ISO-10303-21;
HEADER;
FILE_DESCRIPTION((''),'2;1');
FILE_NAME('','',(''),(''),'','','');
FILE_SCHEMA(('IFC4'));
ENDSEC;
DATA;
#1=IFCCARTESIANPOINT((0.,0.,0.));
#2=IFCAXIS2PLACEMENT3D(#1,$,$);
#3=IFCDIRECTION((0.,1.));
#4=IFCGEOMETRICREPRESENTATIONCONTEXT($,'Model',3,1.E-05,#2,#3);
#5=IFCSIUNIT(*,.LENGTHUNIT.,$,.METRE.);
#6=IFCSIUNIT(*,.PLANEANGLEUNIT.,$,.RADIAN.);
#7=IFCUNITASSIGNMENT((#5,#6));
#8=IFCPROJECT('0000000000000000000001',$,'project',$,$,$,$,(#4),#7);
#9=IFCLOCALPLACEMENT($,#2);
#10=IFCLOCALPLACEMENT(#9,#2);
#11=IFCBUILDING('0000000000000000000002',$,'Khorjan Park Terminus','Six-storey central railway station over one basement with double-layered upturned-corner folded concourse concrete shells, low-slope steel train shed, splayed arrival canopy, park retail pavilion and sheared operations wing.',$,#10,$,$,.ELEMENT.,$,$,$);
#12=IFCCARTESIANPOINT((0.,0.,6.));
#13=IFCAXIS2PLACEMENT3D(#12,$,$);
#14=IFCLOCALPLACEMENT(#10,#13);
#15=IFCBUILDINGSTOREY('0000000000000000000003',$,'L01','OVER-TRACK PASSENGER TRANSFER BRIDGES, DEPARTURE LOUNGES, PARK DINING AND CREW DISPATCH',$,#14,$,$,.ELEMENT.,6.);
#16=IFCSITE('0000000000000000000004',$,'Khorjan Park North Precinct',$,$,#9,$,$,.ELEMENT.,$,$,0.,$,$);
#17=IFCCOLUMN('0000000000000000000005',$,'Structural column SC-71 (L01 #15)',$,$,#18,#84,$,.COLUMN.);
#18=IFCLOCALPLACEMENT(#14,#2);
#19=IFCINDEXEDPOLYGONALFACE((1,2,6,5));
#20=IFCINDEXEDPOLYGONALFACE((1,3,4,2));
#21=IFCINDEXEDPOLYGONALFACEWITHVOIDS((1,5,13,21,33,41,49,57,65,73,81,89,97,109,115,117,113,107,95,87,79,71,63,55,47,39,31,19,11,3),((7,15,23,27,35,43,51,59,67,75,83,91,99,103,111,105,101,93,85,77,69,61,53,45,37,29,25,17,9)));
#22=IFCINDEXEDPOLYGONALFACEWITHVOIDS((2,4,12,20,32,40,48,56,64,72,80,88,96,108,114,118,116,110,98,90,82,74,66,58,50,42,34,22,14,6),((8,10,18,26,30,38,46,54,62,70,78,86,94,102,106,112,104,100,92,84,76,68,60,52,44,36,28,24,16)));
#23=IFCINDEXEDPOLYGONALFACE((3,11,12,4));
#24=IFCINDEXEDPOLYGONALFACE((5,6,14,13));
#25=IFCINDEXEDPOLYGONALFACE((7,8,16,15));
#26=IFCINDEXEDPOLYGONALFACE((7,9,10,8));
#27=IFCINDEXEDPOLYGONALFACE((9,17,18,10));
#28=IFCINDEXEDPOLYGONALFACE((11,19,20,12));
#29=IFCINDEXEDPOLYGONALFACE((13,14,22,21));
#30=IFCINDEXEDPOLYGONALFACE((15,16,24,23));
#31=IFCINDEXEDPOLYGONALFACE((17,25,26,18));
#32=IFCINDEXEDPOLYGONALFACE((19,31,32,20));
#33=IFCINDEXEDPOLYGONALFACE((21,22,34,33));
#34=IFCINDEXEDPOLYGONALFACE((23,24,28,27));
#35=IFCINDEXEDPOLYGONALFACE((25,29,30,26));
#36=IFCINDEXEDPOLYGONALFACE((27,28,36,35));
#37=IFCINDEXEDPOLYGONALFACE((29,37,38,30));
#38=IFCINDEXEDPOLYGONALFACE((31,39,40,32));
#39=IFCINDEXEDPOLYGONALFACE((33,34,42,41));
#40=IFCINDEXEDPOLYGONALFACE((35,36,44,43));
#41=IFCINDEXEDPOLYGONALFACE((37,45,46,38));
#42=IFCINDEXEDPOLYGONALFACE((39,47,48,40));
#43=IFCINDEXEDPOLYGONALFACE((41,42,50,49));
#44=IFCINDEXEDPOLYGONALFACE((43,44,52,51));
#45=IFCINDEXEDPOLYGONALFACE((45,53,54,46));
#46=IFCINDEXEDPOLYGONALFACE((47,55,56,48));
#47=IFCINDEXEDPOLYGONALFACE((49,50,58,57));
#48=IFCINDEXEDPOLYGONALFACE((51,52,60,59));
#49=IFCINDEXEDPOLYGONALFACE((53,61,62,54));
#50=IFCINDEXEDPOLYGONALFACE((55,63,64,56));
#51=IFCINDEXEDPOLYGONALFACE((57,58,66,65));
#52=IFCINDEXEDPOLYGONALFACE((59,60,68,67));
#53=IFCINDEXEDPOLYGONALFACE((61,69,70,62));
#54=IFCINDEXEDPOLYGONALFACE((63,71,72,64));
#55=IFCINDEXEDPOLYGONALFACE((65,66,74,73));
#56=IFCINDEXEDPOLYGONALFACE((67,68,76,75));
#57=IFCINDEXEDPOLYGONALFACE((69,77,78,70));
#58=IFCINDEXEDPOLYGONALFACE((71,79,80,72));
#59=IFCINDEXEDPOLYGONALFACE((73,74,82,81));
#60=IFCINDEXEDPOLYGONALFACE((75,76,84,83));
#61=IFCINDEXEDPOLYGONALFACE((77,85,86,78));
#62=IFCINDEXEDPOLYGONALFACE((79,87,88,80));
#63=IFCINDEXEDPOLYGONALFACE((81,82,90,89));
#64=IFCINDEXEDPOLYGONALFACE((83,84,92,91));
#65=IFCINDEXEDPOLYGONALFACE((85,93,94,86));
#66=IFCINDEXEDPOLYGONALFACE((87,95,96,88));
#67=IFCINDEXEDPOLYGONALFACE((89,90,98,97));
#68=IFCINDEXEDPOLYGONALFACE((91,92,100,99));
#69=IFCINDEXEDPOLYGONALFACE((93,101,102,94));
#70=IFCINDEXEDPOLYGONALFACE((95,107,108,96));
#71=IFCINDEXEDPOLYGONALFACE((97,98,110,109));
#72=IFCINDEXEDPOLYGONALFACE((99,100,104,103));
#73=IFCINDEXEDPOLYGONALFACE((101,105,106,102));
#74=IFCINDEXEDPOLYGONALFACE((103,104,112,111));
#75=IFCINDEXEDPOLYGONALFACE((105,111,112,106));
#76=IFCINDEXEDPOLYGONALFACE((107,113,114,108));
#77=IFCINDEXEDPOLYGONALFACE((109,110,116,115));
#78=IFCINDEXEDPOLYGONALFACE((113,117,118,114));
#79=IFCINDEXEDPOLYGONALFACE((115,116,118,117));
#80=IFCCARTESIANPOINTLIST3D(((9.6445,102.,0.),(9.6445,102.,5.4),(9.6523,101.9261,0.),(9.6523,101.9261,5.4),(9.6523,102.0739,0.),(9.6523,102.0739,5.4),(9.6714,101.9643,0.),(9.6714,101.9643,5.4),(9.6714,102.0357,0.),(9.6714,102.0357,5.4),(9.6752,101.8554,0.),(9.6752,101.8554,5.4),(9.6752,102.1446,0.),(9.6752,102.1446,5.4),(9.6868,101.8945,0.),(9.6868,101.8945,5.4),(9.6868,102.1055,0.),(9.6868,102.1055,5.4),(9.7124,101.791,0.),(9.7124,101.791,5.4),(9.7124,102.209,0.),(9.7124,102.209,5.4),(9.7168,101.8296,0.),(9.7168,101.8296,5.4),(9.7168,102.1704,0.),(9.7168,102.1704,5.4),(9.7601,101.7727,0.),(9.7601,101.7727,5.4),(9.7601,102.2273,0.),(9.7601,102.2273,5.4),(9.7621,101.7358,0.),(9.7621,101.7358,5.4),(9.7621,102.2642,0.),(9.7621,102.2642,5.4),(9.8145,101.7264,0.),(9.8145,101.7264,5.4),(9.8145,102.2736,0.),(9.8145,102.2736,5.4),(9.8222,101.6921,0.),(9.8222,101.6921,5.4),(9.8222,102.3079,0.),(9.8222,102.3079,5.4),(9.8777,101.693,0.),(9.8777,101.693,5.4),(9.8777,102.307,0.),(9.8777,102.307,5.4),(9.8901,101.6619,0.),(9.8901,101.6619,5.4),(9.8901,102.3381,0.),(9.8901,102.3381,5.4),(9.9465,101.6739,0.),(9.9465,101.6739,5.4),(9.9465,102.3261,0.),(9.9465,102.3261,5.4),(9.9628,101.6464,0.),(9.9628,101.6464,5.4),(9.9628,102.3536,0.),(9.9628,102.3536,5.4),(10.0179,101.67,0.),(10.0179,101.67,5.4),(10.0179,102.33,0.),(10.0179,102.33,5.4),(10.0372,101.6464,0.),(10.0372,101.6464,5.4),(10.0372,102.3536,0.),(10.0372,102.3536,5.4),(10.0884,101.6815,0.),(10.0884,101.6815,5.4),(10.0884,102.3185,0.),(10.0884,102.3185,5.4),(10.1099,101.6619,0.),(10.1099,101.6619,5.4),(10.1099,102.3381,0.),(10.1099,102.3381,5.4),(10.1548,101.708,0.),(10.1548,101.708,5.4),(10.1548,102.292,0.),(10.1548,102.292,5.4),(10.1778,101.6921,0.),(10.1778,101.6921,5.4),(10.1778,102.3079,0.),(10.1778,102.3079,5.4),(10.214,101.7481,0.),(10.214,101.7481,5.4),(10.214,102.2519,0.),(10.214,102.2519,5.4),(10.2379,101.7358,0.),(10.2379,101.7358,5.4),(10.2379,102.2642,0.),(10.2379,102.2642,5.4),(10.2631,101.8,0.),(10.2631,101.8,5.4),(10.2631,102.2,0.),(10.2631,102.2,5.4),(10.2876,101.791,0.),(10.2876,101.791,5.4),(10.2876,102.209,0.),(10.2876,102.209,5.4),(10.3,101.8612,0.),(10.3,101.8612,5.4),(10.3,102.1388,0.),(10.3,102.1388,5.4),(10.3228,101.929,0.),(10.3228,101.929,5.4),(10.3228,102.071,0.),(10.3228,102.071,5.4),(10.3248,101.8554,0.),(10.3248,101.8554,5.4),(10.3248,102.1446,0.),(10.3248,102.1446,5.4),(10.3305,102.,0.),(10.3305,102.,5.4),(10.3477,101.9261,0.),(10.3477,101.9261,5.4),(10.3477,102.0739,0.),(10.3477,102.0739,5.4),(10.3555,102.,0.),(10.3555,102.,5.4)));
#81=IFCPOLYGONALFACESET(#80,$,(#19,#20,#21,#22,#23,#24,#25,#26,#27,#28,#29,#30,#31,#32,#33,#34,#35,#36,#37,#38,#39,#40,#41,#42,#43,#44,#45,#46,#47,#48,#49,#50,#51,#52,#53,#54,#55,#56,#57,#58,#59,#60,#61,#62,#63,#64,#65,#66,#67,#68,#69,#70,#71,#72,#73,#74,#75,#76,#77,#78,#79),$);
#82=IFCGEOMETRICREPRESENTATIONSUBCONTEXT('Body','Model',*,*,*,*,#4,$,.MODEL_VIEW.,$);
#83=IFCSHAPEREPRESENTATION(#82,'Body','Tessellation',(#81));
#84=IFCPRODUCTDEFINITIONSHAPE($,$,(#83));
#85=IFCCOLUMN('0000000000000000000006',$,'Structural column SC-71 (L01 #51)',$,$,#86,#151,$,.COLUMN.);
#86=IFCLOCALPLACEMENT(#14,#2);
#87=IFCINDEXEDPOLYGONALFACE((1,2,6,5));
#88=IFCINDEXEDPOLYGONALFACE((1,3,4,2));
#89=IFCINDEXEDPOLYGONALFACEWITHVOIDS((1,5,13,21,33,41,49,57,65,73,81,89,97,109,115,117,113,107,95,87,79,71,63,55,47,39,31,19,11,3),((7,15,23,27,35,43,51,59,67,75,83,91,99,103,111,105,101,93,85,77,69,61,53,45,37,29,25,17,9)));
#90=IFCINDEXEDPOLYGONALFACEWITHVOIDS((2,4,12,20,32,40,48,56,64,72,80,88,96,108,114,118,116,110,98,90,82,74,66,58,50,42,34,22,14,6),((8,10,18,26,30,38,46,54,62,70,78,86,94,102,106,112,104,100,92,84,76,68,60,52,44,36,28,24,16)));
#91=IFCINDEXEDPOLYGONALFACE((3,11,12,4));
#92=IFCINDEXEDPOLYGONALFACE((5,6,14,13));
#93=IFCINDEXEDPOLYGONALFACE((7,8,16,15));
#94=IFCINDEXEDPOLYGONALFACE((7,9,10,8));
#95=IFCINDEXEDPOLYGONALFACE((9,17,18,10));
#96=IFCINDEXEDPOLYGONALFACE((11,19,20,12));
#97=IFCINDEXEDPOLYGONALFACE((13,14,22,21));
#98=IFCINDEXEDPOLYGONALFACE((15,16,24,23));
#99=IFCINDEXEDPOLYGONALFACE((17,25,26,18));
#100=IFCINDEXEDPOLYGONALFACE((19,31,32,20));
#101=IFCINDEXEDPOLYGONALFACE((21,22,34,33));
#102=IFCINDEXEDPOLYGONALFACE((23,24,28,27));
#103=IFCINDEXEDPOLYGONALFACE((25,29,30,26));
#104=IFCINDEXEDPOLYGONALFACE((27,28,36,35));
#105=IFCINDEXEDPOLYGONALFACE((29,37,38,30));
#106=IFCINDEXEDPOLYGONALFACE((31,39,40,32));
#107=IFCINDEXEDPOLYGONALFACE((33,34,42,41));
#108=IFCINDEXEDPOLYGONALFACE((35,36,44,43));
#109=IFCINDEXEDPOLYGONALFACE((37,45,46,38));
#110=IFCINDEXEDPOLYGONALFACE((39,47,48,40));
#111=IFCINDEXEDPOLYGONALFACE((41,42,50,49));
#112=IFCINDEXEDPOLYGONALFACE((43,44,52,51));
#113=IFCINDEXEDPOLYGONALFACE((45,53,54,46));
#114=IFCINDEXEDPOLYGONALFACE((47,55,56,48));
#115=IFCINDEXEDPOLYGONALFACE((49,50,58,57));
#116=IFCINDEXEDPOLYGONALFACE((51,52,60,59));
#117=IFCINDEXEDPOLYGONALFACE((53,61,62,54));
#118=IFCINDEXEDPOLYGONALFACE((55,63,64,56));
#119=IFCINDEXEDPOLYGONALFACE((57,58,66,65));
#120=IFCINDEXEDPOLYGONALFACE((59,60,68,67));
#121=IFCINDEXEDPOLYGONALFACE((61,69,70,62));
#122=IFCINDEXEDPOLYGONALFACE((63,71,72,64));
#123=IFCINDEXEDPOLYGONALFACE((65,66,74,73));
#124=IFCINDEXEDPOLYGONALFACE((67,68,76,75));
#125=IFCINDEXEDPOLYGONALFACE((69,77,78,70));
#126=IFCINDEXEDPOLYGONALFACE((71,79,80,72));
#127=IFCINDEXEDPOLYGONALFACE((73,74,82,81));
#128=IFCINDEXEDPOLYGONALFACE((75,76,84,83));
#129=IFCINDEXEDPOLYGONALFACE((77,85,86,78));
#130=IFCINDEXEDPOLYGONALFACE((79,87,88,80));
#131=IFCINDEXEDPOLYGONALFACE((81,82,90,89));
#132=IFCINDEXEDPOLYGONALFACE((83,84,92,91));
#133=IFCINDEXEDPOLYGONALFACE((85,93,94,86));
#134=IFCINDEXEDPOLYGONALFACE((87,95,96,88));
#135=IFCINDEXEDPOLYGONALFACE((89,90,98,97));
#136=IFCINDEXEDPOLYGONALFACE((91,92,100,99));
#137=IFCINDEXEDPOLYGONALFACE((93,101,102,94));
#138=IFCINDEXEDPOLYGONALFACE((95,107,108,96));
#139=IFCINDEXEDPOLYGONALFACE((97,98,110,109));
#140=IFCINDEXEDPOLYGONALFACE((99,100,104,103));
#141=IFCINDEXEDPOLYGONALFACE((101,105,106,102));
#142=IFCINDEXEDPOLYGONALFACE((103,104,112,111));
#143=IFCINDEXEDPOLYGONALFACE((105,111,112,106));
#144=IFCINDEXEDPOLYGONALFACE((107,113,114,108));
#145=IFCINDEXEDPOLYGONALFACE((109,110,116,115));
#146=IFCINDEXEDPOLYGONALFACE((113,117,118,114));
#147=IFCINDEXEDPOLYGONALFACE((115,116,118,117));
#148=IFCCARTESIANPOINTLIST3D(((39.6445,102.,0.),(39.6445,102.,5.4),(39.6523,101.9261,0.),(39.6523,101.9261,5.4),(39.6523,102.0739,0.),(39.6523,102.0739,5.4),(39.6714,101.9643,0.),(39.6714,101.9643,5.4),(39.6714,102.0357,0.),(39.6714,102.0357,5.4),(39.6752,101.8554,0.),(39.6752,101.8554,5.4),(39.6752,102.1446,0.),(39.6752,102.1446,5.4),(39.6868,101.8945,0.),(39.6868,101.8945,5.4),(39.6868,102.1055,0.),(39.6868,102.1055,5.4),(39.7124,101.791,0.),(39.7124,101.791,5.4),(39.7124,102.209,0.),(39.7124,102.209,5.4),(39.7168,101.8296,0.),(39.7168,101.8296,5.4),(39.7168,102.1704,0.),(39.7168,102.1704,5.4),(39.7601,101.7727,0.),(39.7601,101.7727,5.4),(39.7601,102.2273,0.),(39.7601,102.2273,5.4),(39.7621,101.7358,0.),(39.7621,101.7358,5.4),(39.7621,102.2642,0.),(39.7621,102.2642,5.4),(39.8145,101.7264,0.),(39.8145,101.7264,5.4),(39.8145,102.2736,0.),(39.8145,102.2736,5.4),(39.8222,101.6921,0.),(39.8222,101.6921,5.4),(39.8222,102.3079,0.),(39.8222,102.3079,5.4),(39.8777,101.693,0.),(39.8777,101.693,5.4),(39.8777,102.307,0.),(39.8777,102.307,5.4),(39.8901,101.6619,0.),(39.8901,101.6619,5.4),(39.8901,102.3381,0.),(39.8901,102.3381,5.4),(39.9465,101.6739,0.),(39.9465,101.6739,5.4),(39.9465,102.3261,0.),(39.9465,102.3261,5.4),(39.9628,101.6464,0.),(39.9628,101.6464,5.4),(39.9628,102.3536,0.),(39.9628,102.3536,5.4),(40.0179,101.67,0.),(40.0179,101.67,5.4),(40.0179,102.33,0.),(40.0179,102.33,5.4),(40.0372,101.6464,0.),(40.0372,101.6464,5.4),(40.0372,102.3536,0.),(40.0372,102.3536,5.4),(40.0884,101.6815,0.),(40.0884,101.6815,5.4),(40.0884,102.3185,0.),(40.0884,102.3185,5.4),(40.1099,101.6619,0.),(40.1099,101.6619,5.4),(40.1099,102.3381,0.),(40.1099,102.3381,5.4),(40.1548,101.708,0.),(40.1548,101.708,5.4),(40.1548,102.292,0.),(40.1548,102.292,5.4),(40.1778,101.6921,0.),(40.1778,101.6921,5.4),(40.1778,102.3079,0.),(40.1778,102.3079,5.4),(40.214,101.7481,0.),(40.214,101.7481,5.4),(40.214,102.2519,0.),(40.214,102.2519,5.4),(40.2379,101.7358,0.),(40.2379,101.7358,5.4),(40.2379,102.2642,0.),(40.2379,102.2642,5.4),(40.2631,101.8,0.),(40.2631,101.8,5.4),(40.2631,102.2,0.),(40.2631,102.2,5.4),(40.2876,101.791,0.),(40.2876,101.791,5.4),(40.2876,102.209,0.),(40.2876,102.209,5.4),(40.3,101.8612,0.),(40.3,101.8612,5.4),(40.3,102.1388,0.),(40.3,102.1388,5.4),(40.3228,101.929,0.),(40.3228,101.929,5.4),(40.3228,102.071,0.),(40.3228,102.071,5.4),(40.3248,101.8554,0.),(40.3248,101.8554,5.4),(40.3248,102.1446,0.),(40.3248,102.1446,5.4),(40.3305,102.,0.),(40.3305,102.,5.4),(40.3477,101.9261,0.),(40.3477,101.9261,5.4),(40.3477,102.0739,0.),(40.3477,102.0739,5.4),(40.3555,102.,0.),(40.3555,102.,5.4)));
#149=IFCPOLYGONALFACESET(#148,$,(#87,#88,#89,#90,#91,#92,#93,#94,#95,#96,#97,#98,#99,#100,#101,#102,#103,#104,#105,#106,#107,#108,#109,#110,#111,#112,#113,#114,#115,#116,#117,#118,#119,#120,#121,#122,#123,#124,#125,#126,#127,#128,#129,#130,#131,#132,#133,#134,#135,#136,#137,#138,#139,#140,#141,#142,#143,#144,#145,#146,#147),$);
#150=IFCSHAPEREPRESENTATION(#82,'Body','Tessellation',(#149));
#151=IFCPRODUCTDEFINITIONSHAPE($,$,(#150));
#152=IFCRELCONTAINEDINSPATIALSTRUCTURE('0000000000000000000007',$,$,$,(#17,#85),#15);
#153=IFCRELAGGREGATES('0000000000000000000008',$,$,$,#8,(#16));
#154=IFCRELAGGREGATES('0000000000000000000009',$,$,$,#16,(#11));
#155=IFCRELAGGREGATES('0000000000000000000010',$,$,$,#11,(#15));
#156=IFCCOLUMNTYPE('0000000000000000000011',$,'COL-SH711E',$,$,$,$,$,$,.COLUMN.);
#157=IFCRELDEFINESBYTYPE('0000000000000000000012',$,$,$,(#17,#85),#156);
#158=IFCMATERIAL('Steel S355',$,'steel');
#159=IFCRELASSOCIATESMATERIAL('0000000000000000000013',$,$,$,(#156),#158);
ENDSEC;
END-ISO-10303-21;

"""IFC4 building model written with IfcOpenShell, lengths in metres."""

from ifc_helpers import new_model, si_unit, direction, frame, origin, origin_2d, place, context, subcontext, project, spatial, hollow_circle, extrude, material, material_profile, profile_set, type_object, element, save


model = new_model("IFC4")

# Units and contexts
model_context = context("Model", 3, precision=1e-05, world=origin(), true_north=direction((0.0, 1.0)))
body_context = subcontext(model_context, "Body", "Model", "MODEL_VIEW")
ifc_project = project(units=[si_unit("LENGTHUNIT", "METRE"), si_unit("PLANEANGLEUNIT", "RADIAN")], contexts=[model_context])

# Site, building, storey
site_placement = place(None, origin())
site = spatial("IfcSite", under=ifc_project, at=site_placement, Name="Khorjan Park North Precinct", CompositionType="ELEMENT", RefElevation=0.0)
building_placement = place(site_placement, origin())
building = spatial("IfcBuilding", under=site, at=building_placement, Name="Khorjan Park Terminus", Description="Six-storey central railway station over one basement with double-layered upturned-corner folded concourse concrete shells, low-slope steel train shed, splayed arrival canopy, park retail pavilion and sheared operations wing.", CompositionType="ELEMENT")
storey_placement = place(building_placement, frame((0.0, 0.0, 6.0)))
storey = spatial("IfcBuildingStorey", under=building, at=storey_placement, Name="L01", Description="OVER-TRACK PASSENGER TRANSFER BRIDGES, DEPARTURE LOUNGES, PARK DINING AND CREW DISPATCH", CompositionType="ELEMENT", Elevation=6.0)

# Columns
ifc_material_1 = material(Name="Steel S355", Category="steel")
ifc_material_profile_1 = material_profile(ifc_material_1, hollow_circle(Radius=0.3555, WallThickness=0.025, at=origin_2d()), Name="CHS 711x25")
ifc_profile_set_1 = profile_set([ifc_material_profile_1], Name="Steel S355")
column_type_1 = type_object("IfcColumnType", Name="COL-SH711E", PredefinedType="COLUMN", material=ifc_profile_set_1)
for number, where, z_axis, x_axis, name in (
    (1, (10.0, 102.0, 0.0), (0.0, 0.0, 1.0), (1.0, 0.0, 0.0), "Structural column SC-71 (L01 #15)"),
    (2, (40.0, 102.0, 0.0), (0.0, 0.0, 1.0), (1.0, 0.0, 0.0), "Structural column SC-71 (L01 #51)"),
):
    element("IfcColumn", number, at=place(storey_placement, frame(where, z_axis=z_axis, x_axis=x_axis)), inside=storey, type_object=column_type_1, Name=name, PredefinedType="COLUMN", context=body_context, shape_type="SweptSolid", body=[
        extrude(hollow_circle(Radius=0.3555, WallThickness=0.025, at=origin_2d()), origin(), (0.0, 0.0, 1.0), 5.4),
    ])

save(model, "model.ifc")
